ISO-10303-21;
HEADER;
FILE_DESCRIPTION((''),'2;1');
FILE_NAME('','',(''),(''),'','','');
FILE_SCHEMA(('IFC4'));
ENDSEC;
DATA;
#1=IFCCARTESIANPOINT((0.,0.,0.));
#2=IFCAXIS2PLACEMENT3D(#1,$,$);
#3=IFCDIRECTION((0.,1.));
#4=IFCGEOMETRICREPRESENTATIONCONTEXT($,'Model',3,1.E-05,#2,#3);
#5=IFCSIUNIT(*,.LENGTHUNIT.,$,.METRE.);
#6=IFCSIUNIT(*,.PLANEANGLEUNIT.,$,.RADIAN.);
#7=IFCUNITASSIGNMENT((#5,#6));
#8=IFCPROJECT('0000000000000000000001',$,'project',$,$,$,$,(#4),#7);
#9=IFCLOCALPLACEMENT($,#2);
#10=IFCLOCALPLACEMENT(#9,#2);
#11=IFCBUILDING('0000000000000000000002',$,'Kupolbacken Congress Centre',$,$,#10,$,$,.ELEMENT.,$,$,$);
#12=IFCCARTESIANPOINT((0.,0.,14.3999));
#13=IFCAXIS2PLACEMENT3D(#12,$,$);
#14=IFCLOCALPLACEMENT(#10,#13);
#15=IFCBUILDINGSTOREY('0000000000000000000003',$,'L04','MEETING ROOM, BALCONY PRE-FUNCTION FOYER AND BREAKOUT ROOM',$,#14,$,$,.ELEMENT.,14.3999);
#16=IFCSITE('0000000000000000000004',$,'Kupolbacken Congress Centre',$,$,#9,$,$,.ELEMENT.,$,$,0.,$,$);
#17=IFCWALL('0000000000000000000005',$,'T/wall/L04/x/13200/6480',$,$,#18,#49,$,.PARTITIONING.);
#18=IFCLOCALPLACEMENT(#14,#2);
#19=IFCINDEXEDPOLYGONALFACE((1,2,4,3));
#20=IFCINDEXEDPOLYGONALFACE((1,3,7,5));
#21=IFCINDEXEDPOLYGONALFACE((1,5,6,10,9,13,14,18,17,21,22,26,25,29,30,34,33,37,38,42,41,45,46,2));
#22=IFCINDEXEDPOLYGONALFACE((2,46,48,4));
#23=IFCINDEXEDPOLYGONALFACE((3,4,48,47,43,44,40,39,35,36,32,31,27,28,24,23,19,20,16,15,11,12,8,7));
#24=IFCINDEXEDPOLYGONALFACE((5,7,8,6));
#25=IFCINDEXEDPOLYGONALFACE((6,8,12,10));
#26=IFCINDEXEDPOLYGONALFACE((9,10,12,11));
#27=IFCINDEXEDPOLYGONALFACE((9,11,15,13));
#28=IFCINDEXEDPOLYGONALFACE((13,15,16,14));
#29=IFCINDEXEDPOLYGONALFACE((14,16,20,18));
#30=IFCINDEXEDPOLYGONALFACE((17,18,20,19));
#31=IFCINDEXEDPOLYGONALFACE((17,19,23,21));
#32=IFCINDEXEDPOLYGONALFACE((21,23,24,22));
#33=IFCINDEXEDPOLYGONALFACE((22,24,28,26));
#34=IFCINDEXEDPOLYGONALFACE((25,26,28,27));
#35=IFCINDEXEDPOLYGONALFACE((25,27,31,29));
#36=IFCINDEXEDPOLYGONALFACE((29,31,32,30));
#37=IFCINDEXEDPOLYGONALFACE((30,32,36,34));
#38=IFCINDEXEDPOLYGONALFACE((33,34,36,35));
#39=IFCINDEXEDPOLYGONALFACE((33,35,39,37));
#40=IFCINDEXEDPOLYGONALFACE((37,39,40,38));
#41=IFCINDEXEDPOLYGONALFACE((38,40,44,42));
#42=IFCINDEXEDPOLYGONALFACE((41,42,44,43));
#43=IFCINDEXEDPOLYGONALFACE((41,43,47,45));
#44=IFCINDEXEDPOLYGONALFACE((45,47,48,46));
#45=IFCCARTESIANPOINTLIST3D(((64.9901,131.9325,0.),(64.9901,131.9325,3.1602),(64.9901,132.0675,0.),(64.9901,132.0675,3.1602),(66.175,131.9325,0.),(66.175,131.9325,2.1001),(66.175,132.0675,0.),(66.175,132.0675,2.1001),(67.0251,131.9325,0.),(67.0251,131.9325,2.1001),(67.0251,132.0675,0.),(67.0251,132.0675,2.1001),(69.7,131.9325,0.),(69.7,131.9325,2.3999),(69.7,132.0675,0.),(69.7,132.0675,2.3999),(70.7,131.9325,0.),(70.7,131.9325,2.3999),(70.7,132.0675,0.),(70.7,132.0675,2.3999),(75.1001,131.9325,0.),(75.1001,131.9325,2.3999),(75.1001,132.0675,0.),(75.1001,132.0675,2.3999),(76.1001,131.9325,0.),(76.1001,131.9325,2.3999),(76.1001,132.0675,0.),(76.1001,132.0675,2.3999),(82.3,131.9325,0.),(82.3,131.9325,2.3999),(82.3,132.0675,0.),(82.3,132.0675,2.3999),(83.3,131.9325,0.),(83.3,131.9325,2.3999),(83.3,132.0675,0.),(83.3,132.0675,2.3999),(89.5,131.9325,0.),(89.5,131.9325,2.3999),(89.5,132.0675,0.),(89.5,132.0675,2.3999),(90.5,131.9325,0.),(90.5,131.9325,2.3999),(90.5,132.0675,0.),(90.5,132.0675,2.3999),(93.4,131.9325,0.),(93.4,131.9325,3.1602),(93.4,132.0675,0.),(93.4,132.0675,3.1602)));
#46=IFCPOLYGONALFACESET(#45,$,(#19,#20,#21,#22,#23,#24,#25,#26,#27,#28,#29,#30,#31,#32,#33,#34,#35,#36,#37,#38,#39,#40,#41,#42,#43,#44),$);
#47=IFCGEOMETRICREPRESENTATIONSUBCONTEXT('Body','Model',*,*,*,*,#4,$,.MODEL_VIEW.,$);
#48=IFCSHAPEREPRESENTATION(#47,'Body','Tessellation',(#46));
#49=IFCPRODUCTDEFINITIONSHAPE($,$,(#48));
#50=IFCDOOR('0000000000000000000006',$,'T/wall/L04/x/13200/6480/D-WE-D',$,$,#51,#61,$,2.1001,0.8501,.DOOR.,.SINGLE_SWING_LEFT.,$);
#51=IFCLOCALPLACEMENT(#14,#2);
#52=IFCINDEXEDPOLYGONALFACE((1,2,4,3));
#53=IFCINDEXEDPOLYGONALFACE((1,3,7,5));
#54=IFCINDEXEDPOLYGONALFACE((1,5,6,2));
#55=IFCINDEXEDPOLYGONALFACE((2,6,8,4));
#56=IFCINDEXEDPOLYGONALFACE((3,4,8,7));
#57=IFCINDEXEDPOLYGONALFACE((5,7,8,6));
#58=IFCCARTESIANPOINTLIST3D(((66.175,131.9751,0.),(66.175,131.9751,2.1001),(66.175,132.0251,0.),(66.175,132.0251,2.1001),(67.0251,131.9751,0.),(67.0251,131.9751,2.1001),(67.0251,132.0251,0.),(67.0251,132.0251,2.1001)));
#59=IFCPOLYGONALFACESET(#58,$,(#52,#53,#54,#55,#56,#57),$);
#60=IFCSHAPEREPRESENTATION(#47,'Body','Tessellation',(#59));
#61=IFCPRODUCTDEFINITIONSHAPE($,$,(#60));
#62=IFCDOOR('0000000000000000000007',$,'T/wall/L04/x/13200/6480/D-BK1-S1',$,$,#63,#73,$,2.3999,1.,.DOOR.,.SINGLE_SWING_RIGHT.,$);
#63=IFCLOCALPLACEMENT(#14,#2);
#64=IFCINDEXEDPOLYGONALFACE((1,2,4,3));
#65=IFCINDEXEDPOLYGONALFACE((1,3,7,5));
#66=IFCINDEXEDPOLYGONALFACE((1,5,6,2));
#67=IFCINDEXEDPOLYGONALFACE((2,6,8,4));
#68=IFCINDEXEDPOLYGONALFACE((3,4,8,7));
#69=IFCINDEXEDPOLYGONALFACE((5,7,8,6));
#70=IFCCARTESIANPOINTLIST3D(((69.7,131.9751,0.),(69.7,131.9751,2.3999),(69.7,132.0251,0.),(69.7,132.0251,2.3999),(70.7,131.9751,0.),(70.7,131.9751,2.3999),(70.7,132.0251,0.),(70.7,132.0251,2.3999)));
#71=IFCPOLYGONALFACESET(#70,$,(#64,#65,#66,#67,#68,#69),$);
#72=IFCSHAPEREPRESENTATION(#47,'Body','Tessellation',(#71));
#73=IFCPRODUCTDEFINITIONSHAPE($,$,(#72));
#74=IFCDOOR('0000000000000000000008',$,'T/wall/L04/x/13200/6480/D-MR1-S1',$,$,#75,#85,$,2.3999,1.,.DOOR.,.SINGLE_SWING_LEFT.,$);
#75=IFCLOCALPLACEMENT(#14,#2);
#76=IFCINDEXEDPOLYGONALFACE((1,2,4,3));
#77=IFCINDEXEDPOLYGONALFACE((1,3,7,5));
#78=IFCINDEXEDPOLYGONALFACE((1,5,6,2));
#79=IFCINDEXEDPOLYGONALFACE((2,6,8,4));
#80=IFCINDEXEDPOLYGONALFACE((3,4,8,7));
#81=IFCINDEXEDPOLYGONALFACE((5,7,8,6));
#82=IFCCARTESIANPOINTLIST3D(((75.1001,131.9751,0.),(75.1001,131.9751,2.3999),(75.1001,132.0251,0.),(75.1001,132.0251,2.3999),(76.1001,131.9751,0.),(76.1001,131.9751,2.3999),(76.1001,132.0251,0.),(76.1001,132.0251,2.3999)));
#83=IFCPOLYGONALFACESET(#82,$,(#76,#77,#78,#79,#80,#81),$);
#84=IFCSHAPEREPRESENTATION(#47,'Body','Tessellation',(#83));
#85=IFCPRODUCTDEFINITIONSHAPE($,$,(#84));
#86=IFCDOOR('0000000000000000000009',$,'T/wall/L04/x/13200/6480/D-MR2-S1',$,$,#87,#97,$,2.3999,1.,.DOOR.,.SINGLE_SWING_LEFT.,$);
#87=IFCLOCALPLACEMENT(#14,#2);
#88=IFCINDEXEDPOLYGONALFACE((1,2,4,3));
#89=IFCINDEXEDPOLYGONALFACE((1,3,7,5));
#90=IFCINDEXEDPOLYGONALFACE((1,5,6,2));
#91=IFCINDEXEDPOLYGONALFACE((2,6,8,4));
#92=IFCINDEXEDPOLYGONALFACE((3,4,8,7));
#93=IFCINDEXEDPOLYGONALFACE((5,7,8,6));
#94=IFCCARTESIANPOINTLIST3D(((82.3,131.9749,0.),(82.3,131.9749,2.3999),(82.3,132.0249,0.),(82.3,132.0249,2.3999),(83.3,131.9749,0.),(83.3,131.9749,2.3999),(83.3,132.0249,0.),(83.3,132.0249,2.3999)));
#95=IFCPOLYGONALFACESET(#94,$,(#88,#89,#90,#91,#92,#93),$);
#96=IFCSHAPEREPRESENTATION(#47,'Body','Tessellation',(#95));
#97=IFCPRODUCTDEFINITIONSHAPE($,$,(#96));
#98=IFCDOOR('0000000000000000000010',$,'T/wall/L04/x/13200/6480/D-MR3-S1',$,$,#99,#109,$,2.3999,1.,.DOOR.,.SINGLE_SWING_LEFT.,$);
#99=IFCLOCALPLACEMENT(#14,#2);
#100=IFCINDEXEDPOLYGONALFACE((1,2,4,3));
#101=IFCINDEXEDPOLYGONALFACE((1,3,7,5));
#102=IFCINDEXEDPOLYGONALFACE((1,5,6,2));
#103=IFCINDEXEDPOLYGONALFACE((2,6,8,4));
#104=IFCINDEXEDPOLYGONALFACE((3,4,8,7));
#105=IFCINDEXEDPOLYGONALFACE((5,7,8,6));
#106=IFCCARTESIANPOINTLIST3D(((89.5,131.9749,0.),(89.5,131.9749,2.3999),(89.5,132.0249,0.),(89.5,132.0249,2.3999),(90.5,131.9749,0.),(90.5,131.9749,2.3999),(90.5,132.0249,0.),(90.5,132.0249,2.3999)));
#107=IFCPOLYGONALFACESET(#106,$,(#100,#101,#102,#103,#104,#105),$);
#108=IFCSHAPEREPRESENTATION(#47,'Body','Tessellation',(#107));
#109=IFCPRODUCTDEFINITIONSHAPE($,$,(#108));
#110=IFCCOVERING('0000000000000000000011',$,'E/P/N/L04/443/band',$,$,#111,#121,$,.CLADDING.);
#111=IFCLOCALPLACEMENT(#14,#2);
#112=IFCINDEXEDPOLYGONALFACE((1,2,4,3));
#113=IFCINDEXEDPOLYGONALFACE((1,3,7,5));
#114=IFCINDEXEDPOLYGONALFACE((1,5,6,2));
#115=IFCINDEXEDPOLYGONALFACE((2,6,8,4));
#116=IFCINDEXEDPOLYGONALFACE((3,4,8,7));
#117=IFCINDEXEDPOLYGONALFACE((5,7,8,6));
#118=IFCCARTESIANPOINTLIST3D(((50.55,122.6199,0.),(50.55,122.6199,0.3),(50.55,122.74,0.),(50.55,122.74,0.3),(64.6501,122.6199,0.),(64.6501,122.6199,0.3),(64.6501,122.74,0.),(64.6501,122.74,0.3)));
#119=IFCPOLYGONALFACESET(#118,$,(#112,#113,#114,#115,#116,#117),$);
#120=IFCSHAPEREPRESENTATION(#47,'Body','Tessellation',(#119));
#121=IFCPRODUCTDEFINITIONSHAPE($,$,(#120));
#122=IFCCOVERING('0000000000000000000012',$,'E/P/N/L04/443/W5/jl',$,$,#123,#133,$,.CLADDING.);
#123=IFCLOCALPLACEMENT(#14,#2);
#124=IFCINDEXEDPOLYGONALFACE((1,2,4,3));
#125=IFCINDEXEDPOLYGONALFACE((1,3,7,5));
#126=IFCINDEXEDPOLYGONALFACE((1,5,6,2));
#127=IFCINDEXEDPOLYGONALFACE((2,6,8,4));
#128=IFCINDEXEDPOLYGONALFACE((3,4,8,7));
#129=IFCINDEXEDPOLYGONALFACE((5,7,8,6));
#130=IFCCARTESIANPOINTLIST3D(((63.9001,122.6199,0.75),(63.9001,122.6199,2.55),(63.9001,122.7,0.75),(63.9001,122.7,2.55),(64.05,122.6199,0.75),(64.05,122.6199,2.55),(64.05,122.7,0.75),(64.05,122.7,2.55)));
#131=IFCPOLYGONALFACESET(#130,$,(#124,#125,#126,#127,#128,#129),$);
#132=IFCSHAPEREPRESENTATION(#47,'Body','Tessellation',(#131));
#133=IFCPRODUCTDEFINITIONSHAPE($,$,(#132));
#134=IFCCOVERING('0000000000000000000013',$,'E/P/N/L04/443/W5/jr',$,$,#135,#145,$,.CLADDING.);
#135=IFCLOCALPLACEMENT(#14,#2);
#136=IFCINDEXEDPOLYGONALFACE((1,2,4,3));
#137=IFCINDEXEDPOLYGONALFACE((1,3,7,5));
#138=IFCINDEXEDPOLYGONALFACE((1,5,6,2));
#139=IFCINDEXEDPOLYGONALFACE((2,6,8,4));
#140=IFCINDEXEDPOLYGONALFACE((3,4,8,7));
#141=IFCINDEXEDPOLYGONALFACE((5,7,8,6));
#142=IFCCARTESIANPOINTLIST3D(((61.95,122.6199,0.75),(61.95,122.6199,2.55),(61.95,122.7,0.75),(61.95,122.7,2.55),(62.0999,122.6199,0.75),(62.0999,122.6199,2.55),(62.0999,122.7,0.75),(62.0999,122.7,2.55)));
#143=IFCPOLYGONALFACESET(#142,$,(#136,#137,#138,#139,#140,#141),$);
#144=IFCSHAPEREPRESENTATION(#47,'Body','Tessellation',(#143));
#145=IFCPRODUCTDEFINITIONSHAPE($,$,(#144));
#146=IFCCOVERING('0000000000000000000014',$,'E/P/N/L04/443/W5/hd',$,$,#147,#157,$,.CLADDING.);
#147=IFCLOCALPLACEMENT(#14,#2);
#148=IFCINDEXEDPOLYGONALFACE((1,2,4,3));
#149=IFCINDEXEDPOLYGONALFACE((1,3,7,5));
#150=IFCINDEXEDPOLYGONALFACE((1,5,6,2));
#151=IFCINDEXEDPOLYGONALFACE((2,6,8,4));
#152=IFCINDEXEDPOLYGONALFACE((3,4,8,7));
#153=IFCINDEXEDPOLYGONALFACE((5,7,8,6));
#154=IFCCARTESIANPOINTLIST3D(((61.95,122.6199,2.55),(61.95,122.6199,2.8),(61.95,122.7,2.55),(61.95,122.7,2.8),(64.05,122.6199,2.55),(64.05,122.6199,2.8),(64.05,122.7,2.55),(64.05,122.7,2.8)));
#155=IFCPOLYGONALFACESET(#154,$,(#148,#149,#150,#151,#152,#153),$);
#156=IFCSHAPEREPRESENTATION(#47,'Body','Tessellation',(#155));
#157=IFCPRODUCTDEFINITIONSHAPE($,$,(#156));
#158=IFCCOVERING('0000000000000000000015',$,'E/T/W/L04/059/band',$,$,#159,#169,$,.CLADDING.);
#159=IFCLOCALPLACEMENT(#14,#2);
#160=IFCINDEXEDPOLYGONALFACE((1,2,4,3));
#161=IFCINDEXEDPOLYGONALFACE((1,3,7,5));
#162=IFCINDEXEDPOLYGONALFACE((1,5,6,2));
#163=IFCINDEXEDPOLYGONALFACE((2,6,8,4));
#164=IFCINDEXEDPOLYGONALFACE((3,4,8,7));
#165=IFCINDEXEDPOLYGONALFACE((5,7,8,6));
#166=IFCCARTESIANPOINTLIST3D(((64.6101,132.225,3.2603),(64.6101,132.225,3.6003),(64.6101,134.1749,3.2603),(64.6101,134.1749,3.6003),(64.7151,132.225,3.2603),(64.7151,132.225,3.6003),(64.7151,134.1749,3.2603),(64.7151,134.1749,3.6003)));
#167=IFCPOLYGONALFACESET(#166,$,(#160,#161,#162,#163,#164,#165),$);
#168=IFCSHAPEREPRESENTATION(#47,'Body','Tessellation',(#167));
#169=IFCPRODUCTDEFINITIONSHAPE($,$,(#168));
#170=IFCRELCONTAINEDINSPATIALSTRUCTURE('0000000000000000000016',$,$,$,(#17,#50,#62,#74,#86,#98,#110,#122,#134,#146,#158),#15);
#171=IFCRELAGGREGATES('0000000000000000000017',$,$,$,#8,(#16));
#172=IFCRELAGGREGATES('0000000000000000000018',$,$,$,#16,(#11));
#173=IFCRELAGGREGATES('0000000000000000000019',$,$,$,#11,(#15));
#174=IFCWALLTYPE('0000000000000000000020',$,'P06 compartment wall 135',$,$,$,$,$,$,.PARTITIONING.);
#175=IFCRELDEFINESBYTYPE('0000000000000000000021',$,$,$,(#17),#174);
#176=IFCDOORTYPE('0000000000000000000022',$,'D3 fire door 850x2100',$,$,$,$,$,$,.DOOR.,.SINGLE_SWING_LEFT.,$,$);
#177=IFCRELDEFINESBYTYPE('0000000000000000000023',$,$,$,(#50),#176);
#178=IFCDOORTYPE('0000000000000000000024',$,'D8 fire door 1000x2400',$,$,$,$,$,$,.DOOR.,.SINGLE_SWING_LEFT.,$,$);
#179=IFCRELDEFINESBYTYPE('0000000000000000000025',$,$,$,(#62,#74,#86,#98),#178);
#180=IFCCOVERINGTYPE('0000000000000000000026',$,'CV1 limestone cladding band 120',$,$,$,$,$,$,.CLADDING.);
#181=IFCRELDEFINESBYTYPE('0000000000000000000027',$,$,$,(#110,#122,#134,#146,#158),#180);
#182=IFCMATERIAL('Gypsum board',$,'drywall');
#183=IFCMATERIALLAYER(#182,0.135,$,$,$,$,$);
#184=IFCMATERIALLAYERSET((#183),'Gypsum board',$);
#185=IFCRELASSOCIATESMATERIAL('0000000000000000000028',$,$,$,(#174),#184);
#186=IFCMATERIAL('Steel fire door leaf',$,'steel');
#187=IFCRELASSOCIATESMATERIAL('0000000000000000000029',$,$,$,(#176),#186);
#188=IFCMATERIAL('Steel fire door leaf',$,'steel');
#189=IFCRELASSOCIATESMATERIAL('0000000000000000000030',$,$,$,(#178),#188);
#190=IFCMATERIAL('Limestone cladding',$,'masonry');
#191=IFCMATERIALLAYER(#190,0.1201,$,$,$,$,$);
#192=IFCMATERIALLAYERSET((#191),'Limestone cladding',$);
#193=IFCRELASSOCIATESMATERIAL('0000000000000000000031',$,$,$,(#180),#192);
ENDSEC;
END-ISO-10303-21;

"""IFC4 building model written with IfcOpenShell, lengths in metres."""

from ifc_helpers import new_model, si_unit, direction, frame, frame_2d, origin, origin_2d, place, context, subcontext, project, spatial, rectangle, extrude, material, layer, layer_set, type_object, element, fill, save


model = new_model("IFC4")

# Units and contexts
model_context = context("Model", 3, precision=1e-05, world=origin(), true_north=direction((0.0, 1.0)))
body_context = subcontext(model_context, "Body", "Model", "MODEL_VIEW")
ifc_project = project(units=[si_unit("LENGTHUNIT", "METRE"), si_unit("PLANEANGLEUNIT", "RADIAN")], contexts=[model_context])

# Site, building, storey
site_placement = place(None, origin())
site = spatial("IfcSite", under=ifc_project, at=site_placement, Name="Kupolbacken Congress Centre", CompositionType="ELEMENT", RefElevation=0.0)
building_placement = place(site_placement, origin())
building = spatial("IfcBuilding", under=site, at=building_placement, Name="Kupolbacken Congress Centre", CompositionType="ELEMENT")
storey_placement = place(building_placement, frame((0.0, 0.0, 14.3999)))
storey = spatial("IfcBuildingStorey", under=building, at=storey_placement, Name="L04", Description="MEETING ROOM, BALCONY PRE-FUNCTION FOYER AND BREAKOUT ROOM", CompositionType="ELEMENT", Elevation=14.3999)

# Wall, openings, doors
ifc_material_1 = material(Name="Gypsum board", Category="drywall")
ifc_layer_1 = layer(ifc_material_1, 0.135)
ifc_layer_set_1 = layer_set([ifc_layer_1], Name="Gypsum board")
wall_type_1 = type_object("IfcWallType", Name="P06 compartment wall 135", PredefinedType="PARTITIONING", material=ifc_layer_set_1)
wall_1_placement = place(storey_placement, frame((64.99, 132.0, 0.0), z_axis=(0.0, 0.0, 1.0), x_axis=(1.0, 0.0, 0.0)))
wall_1 = element("IfcWall", 1, at=wall_1_placement, inside=storey, type_object=wall_type_1, Name="T/wall/L04/x/13200/6480", PredefinedType="PARTITIONING", context=body_context, shape_type="SweptSolid", body=[
    extrude(rectangle(XDim=28.4099, YDim=0.135, at=frame_2d((14.2051, 0.0))), origin(), (0.0, 0.0, 1.0), 3.1602),
])
opening_1_placement = place(wall_1_placement, frame((1.1851, 0.0, 0.0)))
opening_1 = element("IfcOpeningElement", 2, at=opening_1_placement, cuts=wall_1, PredefinedType="OPENING", context=body_context, shape_type="SweptSolid", body=[
    extrude(rectangle(XDim=0.8501, YDim=2.1001, at=frame_2d((0.425, 1.05))), frame((0.0, 0.0774, 0.0), z_axis=(0.0, -1.0, 0.0), x_axis=(1.0, 0.0, 0.0)), (0.0, 0.0, 1.0), 0.155),
])
opening_2_placement = place(wall_1_placement, frame((4.71, 0.0, 0.0)))
opening_2 = element("IfcOpeningElement", 3, at=opening_2_placement, cuts=wall_1, PredefinedType="OPENING", context=body_context, shape_type="SweptSolid", body=[
    extrude(rectangle(XDim=1.0, YDim=2.3999, at=frame_2d((0.5, 1.2))), frame((0.0, 0.0774, 0.0), z_axis=(0.0, -1.0, 0.0), x_axis=(1.0, 0.0, 0.0)), (0.0, 0.0, 1.0), 0.155),
])
opening_3_placement = place(wall_1_placement, frame((10.1101, 0.0, 0.0)))
opening_3 = element("IfcOpeningElement", 4, at=opening_3_placement, cuts=wall_1, PredefinedType="OPENING", context=body_context, shape_type="SweptSolid", body=[
    extrude(rectangle(XDim=1.0, YDim=2.3999, at=frame_2d((0.5, 1.2))), frame((0.0, 0.0774, 0.0), z_axis=(0.0, -1.0, 0.0), x_axis=(1.0, 0.0, 0.0)), (0.0, 0.0, 1.0), 0.155),
])
opening_4_placement = place(wall_1_placement, frame((17.3101, 0.0, 0.0)))
opening_4 = element("IfcOpeningElement", 5, at=opening_4_placement, cuts=wall_1, PredefinedType="OPENING", context=body_context, shape_type="SweptSolid", body=[
    extrude(rectangle(XDim=1.0, YDim=2.3999, at=frame_2d((0.5, 1.2))), frame((0.0, 0.0774, 0.0), z_axis=(0.0, -1.0, 0.0), x_axis=(1.0, 0.0, 0.0)), (0.0, 0.0, 1.0), 0.155),
])
opening_5_placement = place(wall_1_placement, frame((24.51, 0.0, 0.0)))
opening_5 = element("IfcOpeningElement", 6, at=opening_5_placement, cuts=wall_1, PredefinedType="OPENING", context=body_context, shape_type="SweptSolid", body=[
    extrude(rectangle(XDim=1.0, YDim=2.3999, at=frame_2d((0.5, 1.2))), frame((0.0, 0.0774, 0.0), z_axis=(0.0, -1.0, 0.0), x_axis=(1.0, 0.0, 0.0)), (0.0, 0.0, 1.0), 0.155),
])
ifc_material_2 = material(Name="Steel fire door leaf", Category="steel")
door_type_1 = type_object("IfcDoorType", Name="D3 fire door 850x2100", OperationType="SINGLE_SWING_LEFT", PredefinedType="DOOR", material=ifc_material_2)
door_1_placement = place(opening_1_placement, frame((0.8501, 0.0, 0.0), z_axis=(0.0, 0.0, 1.0), x_axis=(-1.0, 0.0, 0.0)))
door_1 = element("IfcDoor", 7, at=door_1_placement, inside=storey, type_object=door_type_1, Name="T/wall/L04/x/13200/6480/D-WE-D", OperationType="SINGLE_SWING_LEFT", OverallHeight=2.1001, OverallWidth=0.8501, PredefinedType="DOOR", context=body_context, shape_type="SweptSolid", body=[
    extrude(rectangle(XDim=0.8501, YDim=2.1001, at=frame_2d((0.425, 1.05))), frame((0.0, 0.0249, 0.0), z_axis=(0.0, -1.0, 0.0), x_axis=(1.0, 0.0, 0.0)), (0.0, 0.0, 1.0), 0.05),
])
fill(opening_1, door_1)
ifc_material_3 = material(Name="Steel fire door leaf", Category="steel")
door_type_2 = type_object("IfcDoorType", Name="D8 fire door 1000x2400", OperationType="SINGLE_SWING_LEFT", PredefinedType="DOOR", material=ifc_material_3)
door_2_placement = place(opening_2_placement, frame((1.0, 0.0, 0.0), z_axis=(0.0, 0.0, 1.0), x_axis=(-1.0, 0.0, 0.0)))
door_2 = element("IfcDoor", 8, at=door_2_placement, inside=storey, type_object=door_type_2, Name="T/wall/L04/x/13200/6480/D-BK1-S1", OperationType="SINGLE_SWING_RIGHT", OverallHeight=2.3999, OverallWidth=1.0, PredefinedType="DOOR", context=body_context, shape_type="SweptSolid", body=[
    extrude(rectangle(XDim=1.0, YDim=2.3999, at=frame_2d((0.5, 1.2))), frame((0.0, 0.0249, 0.0), z_axis=(0.0, -1.0, 0.0), x_axis=(1.0, 0.0, 0.0)), (0.0, 0.0, 1.0), 0.05),
])
fill(opening_2, door_2)
door_3_placement = place(opening_3_placement, frame((1.0, 0.0, 0.0), z_axis=(0.0, 0.0, 1.0), x_axis=(-1.0, 0.0, 0.0)))
door_3 = element("IfcDoor", 9, at=door_3_placement, inside=storey, type_object=door_type_2, Name="T/wall/L04/x/13200/6480/D-MR1-S1", OperationType="SINGLE_SWING_LEFT", OverallHeight=2.3999, OverallWidth=1.0, PredefinedType="DOOR", context=body_context, shape_type="SweptSolid", body=[
    extrude(rectangle(XDim=1.0, YDim=2.3999, at=frame_2d((0.5, 1.2))), frame((0.0, 0.0249, 0.0), z_axis=(0.0, -1.0, 0.0), x_axis=(1.0, 0.0, 0.0)), (0.0, 0.0, 1.0), 0.05),
])
fill(opening_3, door_3)
door_4_placement = place(opening_4_placement, origin())
door_4 = element("IfcDoor", 10, at=door_4_placement, inside=storey, type_object=door_type_2, Name="T/wall/L04/x/13200/6480/D-MR2-S1", OperationType="SINGLE_SWING_LEFT", OverallHeight=2.3999, OverallWidth=1.0, PredefinedType="DOOR", context=body_context, shape_type="SweptSolid", body=[
    extrude(rectangle(XDim=1.0, YDim=2.3999, at=frame_2d((0.5, 1.2))), frame((0.0, 0.0249, 0.0), z_axis=(0.0, -1.0, 0.0), x_axis=(1.0, 0.0, 0.0)), (0.0, 0.0, 1.0), 0.05),
])
fill(opening_4, door_4)
door_5_placement = place(opening_5_placement, origin())
door_5 = element("IfcDoor", 11, at=door_5_placement, inside=storey, type_object=door_type_2, Name="T/wall/L04/x/13200/6480/D-MR3-S1", OperationType="SINGLE_SWING_LEFT", OverallHeight=2.3999, OverallWidth=1.0, PredefinedType="DOOR", context=body_context, shape_type="SweptSolid", body=[
    extrude(rectangle(XDim=1.0, YDim=2.3999, at=frame_2d((0.5, 1.2))), frame((0.0, 0.0249, 0.0), z_axis=(0.0, -1.0, 0.0), x_axis=(1.0, 0.0, 0.0)), (0.0, 0.0, 1.0), 0.05),
])
fill(opening_5, door_5)

# Coverings
ifc_material_4 = material(Name="Limestone cladding", Category="masonry")
ifc_layer_2 = layer(ifc_material_4, 0.1201)
ifc_layer_set_2 = layer_set([ifc_layer_2], Name="Limestone cladding")
covering_type_1 = type_object("IfcCoveringType", Name="CV1 limestone cladding band 120", PredefinedType="CLADDING", material=ifc_layer_set_2)
covering_1_placement = place(storey_placement, frame((57.6001, 122.6799, 0.0), z_axis=(0.0, 0.0, 1.0), x_axis=(-1.0, 0.0, 0.0)))
element("IfcCovering", 12, at=covering_1_placement, inside=storey, type_object=covering_type_1, Name="E/P/N/L04/443/band", PredefinedType="CLADDING", context=body_context, shape_type="SweptSolid", body=[
    extrude(rectangle(XDim=14.1001, YDim=0.1201, at=origin_2d()), origin(), (0.0, 0.0, 1.0), 0.3),
])
for number, where, z_axis, x_axis, name in (
    (13, (63.9751, 122.6599, 0.75), (0.0, 0.0, 1.0), (-1.0, 0.0, 0.0), "E/P/N/L04/443/W5/jl"),
    (14, (62.0249, 122.6599, 0.75), (0.0, 0.0, 1.0), (-1.0, 0.0, 0.0), "E/P/N/L04/443/W5/jr"),
):
    element("IfcCovering", number, at=place(storey_placement, frame(where, z_axis=z_axis, x_axis=x_axis)), inside=storey, type_object=covering_type_1, Name=name, PredefinedType="CLADDING", context=body_context, shape_type="SweptSolid", body=[
        extrude(rectangle(XDim=0.1499, YDim=0.0801, at=origin_2d()), origin(), (0.0, 0.0, 1.0), 1.8),
    ])
covering_2_placement = place(storey_placement, frame((63.0, 122.6599, 2.55), z_axis=(0.0, 0.0, 1.0), x_axis=(-1.0, 0.0, 0.0)))
element("IfcCovering", 15, at=covering_2_placement, inside=storey, type_object=covering_type_1, Name="E/P/N/L04/443/W5/hd", PredefinedType="CLADDING", context=body_context, shape_type="SweptSolid", body=[
    extrude(rectangle(XDim=2.1001, YDim=0.0801, at=origin_2d()), origin(), (0.0, 0.0, 1.0), 0.25),
])
covering_3_placement = place(storey_placement, frame((64.6626, 133.2, 3.2603), z_axis=(0.0, 0.0, 1.0), x_axis=(0.0, -1.0, 0.0)))
element("IfcCovering", 16, at=covering_3_placement, inside=storey, type_object=covering_type_1, Name="E/T/W/L04/059/band", PredefinedType="CLADDING", context=body_context, shape_type="SweptSolid", body=[
    extrude(rectangle(XDim=1.95, YDim=0.105, at=origin_2d()), origin(), (0.0, 0.0, 1.0), 0.3401),
])

save(model, "model.ifc")
